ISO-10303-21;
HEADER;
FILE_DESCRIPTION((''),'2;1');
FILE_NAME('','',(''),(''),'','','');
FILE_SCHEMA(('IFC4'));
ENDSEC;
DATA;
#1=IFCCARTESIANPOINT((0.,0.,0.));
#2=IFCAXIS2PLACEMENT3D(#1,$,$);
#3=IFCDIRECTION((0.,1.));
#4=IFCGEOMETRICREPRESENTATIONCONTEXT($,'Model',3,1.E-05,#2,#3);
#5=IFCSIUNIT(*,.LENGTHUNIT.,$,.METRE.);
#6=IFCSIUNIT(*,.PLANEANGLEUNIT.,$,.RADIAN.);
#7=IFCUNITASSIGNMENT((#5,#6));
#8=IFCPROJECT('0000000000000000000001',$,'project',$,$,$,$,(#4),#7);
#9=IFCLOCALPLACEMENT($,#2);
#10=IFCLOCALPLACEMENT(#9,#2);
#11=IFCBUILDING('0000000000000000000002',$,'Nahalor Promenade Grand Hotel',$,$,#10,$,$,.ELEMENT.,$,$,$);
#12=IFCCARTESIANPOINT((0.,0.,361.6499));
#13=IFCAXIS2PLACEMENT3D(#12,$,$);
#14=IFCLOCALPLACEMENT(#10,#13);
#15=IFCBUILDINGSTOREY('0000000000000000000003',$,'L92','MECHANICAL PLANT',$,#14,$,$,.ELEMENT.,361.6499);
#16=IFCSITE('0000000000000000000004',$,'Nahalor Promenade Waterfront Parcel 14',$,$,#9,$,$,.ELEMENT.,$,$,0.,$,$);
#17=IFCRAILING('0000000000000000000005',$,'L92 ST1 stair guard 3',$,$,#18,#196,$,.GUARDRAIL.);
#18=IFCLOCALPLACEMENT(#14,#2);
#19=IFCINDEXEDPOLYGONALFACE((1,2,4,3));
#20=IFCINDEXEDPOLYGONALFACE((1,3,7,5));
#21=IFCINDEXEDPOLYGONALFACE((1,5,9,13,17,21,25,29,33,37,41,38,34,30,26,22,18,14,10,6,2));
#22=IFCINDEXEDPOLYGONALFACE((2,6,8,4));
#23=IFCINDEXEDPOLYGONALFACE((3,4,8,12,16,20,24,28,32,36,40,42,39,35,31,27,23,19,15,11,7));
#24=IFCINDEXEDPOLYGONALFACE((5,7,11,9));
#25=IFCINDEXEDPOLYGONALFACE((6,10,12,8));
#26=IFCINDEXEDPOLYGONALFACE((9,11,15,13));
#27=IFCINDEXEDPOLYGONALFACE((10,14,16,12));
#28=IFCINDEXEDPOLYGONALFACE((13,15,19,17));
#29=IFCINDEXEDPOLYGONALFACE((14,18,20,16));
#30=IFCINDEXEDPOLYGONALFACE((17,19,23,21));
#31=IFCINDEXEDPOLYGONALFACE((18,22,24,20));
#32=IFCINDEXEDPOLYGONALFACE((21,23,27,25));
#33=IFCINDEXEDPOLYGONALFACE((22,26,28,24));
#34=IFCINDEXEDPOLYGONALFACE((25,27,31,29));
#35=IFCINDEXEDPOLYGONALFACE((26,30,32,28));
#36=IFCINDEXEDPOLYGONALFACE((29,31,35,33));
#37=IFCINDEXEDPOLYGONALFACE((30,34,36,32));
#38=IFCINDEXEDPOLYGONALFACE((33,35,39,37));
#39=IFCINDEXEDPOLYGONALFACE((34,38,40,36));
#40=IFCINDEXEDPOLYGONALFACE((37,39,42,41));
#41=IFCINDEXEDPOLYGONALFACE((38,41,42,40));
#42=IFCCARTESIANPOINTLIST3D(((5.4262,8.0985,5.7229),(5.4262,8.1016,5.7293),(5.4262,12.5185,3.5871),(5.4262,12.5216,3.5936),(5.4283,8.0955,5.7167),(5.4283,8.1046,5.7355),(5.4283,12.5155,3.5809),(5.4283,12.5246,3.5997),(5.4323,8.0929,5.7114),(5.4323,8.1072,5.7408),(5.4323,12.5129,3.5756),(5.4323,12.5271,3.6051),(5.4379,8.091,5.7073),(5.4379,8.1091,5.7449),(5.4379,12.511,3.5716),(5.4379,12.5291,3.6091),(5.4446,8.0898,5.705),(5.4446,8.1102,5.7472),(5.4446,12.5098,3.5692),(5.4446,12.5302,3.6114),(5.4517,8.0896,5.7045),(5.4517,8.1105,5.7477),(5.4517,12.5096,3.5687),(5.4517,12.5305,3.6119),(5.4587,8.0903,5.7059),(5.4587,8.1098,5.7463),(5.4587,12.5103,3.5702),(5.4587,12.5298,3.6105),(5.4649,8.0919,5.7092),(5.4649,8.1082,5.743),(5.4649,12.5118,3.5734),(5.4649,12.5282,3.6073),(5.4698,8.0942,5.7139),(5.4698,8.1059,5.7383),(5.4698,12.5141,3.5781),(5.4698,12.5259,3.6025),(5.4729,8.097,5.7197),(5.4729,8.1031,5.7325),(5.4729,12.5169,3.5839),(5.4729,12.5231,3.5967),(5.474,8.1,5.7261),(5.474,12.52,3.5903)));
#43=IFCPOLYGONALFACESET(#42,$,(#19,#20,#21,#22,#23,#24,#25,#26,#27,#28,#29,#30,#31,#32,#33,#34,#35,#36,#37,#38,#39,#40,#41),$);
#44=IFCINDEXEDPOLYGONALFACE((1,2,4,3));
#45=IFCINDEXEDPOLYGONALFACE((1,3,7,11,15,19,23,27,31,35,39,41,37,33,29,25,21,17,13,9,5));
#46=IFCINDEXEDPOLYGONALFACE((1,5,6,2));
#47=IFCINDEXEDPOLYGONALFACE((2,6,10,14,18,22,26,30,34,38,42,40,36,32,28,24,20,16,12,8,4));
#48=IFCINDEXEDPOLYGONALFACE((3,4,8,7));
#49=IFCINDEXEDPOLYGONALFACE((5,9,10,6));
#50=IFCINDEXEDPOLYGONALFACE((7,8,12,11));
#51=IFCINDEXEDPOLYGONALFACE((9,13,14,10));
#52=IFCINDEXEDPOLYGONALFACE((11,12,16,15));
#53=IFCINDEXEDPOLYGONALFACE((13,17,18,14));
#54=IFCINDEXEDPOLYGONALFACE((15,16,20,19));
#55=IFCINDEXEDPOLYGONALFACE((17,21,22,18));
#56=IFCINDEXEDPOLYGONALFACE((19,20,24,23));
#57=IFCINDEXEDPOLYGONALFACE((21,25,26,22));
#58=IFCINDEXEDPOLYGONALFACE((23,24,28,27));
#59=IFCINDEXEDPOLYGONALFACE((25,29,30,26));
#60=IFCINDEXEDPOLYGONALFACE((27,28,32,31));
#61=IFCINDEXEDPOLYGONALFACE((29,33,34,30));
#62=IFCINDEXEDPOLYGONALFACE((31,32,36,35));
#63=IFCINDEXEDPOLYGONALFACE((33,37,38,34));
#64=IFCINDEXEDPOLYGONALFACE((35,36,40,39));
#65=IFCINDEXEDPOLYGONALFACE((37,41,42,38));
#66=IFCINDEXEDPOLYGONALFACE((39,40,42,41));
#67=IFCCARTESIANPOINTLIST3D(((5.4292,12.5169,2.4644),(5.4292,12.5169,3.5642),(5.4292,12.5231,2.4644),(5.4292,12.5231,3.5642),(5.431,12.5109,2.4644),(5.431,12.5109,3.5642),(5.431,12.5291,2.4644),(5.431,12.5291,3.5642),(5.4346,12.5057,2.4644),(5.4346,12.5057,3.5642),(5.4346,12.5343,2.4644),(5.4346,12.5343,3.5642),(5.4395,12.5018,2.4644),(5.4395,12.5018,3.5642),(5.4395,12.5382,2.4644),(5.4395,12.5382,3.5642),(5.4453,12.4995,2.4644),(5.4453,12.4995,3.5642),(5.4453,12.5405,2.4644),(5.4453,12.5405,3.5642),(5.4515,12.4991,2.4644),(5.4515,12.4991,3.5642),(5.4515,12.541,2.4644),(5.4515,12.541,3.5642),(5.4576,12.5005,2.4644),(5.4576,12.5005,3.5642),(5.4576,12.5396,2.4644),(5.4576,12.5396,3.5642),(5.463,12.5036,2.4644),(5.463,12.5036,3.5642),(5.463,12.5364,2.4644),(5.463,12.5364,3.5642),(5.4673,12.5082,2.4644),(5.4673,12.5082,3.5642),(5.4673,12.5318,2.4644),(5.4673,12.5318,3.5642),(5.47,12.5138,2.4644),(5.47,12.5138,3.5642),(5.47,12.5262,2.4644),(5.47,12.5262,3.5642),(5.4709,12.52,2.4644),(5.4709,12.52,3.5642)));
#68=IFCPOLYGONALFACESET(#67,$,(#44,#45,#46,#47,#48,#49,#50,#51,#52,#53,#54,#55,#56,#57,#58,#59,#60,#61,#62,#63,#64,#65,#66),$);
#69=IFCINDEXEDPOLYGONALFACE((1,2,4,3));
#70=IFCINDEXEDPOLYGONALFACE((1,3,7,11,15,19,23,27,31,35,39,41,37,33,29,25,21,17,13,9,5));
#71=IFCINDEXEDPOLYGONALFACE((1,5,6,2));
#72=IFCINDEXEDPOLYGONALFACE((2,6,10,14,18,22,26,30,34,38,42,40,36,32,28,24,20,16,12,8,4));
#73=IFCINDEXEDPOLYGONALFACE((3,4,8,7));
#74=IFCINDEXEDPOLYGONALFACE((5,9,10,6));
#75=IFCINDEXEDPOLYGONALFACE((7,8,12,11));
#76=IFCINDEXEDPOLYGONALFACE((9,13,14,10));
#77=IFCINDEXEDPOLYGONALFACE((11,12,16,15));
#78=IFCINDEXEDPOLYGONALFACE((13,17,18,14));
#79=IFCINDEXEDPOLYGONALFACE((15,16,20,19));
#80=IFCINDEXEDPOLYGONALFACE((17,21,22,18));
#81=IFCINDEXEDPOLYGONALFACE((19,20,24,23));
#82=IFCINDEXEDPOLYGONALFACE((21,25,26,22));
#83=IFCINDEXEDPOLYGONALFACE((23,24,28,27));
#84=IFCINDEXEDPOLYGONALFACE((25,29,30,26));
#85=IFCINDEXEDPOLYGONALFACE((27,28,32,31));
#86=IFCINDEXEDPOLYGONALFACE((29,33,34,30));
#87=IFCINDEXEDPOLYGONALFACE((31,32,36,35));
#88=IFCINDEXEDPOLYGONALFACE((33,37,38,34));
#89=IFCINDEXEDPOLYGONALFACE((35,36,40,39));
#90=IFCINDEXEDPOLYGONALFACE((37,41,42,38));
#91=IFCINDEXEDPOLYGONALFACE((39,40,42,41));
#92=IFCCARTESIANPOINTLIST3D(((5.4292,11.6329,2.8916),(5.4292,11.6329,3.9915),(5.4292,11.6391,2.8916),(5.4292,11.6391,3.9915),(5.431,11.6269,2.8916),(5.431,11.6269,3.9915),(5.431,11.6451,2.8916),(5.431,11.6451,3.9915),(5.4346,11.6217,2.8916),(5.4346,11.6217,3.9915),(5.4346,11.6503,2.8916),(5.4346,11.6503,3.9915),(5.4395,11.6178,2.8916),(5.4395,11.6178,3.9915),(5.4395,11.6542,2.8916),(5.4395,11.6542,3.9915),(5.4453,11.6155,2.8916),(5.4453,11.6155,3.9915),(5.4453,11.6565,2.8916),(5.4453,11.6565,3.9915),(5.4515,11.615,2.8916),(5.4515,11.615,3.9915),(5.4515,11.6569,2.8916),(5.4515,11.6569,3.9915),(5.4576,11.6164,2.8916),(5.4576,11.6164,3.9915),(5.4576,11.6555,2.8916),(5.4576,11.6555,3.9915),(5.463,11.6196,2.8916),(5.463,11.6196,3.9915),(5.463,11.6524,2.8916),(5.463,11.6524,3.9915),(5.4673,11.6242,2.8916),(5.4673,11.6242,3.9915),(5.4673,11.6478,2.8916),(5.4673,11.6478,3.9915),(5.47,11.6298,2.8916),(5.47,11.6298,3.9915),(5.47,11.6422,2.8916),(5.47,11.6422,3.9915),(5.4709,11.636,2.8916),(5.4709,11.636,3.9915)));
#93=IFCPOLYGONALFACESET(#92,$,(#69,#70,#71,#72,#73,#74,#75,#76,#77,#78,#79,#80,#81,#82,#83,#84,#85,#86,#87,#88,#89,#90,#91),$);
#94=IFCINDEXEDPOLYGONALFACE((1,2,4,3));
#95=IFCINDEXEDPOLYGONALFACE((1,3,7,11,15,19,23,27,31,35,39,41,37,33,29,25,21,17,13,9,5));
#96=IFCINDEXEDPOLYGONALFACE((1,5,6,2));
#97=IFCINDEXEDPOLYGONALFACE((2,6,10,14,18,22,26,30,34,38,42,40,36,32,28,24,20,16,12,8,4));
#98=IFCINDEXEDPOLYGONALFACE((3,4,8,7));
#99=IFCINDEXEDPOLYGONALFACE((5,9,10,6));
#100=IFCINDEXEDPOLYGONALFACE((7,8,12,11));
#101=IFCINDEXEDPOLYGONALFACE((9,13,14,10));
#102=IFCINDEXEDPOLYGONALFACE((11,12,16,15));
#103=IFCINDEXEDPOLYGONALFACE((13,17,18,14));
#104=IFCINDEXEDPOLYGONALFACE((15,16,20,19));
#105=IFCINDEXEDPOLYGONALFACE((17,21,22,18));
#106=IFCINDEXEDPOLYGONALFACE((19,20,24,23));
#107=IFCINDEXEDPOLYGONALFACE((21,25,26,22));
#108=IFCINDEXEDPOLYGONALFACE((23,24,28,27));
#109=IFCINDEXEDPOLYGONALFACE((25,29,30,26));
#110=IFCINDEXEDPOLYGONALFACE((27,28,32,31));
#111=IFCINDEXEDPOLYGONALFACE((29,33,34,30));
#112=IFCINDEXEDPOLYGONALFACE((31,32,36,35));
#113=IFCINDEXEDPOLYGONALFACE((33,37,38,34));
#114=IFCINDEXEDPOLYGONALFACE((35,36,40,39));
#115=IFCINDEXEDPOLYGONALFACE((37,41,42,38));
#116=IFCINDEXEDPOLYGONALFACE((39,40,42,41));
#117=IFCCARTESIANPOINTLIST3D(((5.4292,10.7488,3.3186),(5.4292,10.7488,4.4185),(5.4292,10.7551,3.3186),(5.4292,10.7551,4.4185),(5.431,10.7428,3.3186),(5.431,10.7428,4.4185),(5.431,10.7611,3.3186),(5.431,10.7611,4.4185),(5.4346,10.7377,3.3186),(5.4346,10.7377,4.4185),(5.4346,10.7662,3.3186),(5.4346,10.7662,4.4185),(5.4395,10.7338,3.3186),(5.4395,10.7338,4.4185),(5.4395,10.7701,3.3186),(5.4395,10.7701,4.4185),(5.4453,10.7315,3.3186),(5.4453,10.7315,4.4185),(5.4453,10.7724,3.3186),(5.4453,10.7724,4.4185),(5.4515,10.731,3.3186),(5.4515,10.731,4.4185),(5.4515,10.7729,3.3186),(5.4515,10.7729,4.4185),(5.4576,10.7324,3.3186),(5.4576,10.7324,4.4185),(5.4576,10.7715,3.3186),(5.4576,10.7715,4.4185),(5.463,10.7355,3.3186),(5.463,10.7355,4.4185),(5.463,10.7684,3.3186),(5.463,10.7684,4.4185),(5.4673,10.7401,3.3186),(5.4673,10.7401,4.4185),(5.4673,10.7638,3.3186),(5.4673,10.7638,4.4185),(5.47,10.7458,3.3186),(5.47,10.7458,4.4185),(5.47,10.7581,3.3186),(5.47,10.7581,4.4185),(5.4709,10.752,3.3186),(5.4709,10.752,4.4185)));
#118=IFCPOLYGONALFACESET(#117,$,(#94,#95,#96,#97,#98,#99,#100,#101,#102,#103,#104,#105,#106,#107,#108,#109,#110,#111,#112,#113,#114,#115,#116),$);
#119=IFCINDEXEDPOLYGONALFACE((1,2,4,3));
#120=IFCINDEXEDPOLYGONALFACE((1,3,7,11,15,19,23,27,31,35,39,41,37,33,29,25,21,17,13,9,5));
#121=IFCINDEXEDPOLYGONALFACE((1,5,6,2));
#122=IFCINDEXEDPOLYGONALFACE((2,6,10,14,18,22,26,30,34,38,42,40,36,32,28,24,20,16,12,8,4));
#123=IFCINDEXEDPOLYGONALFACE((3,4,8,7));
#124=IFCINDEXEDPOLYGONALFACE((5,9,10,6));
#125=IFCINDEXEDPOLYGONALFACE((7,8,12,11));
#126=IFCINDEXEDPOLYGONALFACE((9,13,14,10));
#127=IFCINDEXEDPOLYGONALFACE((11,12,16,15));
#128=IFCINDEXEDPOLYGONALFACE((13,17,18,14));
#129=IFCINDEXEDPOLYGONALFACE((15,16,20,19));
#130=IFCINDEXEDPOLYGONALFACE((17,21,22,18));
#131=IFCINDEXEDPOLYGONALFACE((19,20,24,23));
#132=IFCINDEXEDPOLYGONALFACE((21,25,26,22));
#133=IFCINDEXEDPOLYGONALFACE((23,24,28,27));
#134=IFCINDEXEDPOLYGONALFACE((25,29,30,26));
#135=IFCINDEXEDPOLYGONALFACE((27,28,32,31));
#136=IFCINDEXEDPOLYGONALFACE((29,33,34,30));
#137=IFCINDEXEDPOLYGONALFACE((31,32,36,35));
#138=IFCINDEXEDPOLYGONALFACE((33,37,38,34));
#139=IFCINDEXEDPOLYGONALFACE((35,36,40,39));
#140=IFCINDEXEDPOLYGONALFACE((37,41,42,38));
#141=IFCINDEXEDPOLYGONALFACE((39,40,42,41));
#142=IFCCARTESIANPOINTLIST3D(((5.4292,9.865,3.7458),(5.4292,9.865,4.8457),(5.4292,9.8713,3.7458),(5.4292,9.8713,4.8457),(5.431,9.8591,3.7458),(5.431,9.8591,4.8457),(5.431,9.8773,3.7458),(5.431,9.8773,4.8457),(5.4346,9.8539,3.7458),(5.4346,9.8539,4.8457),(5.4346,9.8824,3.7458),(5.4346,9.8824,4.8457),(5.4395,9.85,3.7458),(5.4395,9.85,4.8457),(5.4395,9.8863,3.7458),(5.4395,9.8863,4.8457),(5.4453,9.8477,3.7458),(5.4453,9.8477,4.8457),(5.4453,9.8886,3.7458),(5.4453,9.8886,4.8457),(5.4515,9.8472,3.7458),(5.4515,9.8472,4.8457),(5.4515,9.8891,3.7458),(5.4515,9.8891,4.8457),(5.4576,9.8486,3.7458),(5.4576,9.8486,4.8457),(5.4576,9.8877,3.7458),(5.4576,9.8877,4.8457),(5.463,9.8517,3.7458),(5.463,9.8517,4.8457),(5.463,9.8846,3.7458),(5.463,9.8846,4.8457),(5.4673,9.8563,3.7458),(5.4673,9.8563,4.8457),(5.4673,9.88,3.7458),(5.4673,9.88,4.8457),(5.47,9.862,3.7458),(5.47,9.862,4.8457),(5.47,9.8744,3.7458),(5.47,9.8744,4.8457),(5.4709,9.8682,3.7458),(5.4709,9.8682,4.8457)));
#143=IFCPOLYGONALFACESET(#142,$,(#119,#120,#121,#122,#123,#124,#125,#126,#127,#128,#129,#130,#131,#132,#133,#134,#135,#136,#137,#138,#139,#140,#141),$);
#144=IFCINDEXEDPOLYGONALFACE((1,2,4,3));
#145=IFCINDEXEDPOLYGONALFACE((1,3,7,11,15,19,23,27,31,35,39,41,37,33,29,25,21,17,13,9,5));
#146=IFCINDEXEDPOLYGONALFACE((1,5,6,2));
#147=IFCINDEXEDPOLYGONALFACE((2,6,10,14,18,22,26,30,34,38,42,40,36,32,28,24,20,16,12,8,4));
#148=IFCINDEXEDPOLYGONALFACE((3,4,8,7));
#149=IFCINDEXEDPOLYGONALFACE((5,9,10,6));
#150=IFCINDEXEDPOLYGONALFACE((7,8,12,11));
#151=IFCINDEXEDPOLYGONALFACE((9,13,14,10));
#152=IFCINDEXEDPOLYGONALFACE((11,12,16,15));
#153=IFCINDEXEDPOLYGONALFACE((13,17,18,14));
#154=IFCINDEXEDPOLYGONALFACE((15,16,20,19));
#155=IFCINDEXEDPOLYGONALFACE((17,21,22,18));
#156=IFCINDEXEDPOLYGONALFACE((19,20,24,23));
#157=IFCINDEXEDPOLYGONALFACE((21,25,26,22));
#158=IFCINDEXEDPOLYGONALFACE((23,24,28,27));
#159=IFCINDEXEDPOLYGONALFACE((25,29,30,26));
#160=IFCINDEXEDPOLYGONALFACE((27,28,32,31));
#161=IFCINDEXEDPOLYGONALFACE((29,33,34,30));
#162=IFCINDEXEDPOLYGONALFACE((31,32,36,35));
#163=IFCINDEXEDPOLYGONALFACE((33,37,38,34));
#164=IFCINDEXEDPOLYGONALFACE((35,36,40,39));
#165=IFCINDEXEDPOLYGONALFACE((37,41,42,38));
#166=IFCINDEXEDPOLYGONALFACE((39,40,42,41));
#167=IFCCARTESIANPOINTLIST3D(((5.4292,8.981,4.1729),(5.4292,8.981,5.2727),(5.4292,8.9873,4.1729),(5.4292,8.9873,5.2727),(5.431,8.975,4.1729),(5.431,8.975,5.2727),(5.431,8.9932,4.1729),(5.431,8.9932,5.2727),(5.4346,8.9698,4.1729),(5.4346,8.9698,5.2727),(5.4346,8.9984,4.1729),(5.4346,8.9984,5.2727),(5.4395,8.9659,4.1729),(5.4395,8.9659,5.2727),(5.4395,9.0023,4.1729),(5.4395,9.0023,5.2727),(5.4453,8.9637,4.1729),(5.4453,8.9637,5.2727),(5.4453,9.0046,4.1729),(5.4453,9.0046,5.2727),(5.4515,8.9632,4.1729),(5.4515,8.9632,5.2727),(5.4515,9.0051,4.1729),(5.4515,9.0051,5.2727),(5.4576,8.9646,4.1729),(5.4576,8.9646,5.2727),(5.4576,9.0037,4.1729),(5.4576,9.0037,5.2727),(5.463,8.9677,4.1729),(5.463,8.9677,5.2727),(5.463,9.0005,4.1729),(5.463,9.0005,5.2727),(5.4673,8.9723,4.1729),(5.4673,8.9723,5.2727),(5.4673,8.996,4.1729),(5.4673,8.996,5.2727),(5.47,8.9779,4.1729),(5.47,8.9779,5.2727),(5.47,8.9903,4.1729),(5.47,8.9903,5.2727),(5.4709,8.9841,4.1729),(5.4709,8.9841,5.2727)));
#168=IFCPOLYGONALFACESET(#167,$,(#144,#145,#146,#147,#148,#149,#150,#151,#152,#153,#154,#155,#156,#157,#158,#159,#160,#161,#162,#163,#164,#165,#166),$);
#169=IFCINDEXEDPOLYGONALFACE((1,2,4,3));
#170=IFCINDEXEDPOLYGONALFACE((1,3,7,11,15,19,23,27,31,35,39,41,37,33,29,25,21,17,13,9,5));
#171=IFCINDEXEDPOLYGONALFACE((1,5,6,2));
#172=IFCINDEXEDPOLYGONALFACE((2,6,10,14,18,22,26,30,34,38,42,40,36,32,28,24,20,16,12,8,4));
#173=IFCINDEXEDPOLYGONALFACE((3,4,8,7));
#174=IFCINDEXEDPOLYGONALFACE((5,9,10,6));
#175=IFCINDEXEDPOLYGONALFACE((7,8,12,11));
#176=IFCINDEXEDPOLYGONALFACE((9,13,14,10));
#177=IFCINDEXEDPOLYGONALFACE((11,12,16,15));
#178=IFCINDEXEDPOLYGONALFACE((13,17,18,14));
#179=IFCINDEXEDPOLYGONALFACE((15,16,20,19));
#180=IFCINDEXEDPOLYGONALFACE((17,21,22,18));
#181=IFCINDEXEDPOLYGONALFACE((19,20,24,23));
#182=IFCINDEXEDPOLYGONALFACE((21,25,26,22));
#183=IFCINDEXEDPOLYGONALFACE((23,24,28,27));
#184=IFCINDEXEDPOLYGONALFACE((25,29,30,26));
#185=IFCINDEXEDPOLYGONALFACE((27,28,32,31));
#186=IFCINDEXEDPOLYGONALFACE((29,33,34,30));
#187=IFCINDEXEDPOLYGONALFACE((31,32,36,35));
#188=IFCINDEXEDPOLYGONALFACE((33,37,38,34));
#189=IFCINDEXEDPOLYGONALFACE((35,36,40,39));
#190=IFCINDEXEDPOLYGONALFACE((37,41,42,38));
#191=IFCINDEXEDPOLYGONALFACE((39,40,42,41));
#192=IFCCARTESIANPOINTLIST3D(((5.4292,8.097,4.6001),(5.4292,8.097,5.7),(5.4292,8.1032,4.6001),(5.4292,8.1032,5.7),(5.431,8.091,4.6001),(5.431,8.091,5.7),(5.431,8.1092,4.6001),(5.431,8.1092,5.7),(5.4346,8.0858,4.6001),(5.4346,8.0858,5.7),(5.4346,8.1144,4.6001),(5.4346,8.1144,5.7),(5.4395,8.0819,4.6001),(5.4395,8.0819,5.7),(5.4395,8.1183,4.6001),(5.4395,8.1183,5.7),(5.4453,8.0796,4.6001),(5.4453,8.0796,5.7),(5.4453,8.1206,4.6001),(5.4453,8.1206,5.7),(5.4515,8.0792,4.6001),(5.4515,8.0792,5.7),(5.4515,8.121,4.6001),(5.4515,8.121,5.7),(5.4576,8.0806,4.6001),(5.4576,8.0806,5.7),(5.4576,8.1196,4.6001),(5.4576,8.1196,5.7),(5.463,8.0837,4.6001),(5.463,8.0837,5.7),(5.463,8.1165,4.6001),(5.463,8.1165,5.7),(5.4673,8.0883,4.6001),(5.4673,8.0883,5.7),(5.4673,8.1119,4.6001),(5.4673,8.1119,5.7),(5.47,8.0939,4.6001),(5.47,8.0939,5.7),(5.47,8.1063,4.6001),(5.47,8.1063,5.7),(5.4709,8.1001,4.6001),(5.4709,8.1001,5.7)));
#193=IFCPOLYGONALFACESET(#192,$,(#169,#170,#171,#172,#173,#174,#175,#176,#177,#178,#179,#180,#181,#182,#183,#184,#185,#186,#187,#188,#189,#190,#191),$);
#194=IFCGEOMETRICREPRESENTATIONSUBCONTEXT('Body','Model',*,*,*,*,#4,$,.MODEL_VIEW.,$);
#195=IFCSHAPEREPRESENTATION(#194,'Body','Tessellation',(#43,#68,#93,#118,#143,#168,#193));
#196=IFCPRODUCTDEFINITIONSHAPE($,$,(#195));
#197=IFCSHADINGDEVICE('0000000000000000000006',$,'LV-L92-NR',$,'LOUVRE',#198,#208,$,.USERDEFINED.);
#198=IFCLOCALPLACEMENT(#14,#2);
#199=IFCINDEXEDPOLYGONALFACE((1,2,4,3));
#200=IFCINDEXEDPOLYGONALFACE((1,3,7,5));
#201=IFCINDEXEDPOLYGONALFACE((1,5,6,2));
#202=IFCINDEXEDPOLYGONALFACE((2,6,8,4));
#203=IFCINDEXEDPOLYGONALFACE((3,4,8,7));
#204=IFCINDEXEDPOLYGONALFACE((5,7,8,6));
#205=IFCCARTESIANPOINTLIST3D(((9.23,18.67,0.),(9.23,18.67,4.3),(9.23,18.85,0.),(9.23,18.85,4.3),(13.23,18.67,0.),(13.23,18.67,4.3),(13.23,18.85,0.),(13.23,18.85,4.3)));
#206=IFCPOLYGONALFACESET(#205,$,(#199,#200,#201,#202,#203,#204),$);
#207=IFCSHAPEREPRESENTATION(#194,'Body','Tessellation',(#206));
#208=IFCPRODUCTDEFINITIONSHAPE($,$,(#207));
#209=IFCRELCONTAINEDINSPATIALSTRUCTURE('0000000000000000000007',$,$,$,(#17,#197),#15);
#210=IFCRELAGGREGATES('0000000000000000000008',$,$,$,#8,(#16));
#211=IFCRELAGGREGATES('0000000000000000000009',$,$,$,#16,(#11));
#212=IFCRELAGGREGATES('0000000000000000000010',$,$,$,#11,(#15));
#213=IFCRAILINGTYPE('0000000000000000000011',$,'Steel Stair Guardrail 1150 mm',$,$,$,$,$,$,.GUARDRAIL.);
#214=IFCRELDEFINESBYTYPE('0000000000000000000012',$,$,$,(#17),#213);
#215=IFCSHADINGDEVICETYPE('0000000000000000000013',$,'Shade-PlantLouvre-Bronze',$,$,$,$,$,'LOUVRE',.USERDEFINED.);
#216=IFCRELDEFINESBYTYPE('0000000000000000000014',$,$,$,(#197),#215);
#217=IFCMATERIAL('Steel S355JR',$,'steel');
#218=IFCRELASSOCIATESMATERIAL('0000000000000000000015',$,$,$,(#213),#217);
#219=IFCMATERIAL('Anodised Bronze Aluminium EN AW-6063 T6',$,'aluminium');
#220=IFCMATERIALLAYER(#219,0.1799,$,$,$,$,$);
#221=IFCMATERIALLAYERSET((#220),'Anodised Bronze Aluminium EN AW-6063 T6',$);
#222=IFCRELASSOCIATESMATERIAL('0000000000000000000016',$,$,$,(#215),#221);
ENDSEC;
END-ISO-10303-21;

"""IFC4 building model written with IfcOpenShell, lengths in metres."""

from ifc_helpers import new_model, si_unit, direction, frame, origin, origin_2d, place, context, subcontext, project, spatial, rectangle, circle, extrude, source, transform, mapped, material, layer, layer_set, type_object, element, save


model = new_model("IFC4")

# Units and contexts
model_context = context("Model", 3, precision=1e-05, world=origin(), true_north=direction((0.0, 1.0)))
body_context = subcontext(model_context, "Body", "Model", "MODEL_VIEW")
ifc_project = project(units=[si_unit("LENGTHUNIT", "METRE"), si_unit("PLANEANGLEUNIT", "RADIAN")], contexts=[model_context])

# Site, building, storey
site_placement = place(None, origin())
site = spatial("IfcSite", under=ifc_project, at=site_placement, Name="Nahalor Promenade Waterfront Parcel 14", CompositionType="ELEMENT", RefElevation=0.0)
building_placement = place(site_placement, origin())
building = spatial("IfcBuilding", under=site, at=building_placement, Name="Nahalor Promenade Grand Hotel", CompositionType="ELEMENT")
storey_placement = place(building_placement, frame((0.0, 0.0, 361.6499)))
storey = spatial("IfcBuildingStorey", under=building, at=storey_placement, Name="L92", Description="MECHANICAL PLANT", CompositionType="ELEMENT", Elevation=361.6499)

# Shared definitions
ifc_material_1 = material(Name="Steel S355JR", Category="steel")

# Shared definitions
ifc_material_2 = material(Name="Anodised Bronze Aluminium EN AW-6063 T6", Category="aluminium")

# Railing
railing_type_1 = type_object("IfcRailingType", Name="Steel Stair Guardrail 1150 mm", PredefinedType="GUARDRAIL", material=ifc_material_1)
railing_1_placement = place(storey_placement, frame((5.45, 12.52, 2.4644)))
element("IfcRailing", 1, at=railing_1_placement, inside=storey, type_object=railing_type_1, Name="L92 ST1 stair guard 3", PredefinedType="GUARDRAIL", context=body_context, shape_type="SweptSolid", body=[
    extrude(circle(Radius=0.024, at=origin_2d()), frame((0.0, 0.0, 1.126), z_axis=(0.0, -0.900393, 0.435077), x_axis=(1.0, 0.0, 0.0)), (0.0, 0.0, 1.0), 4.9089),
    extrude(circle(Radius=0.021, at=origin_2d()), origin(), (0.0, 0.0, 1.0), 1.0999),
    extrude(circle(Radius=0.021, at=origin_2d()), frame((0.0, -0.884, 0.4272)), (0.0, 0.0, 1.0), 1.0999),
    extrude(circle(Radius=0.021, at=origin_2d()), frame((0.0, -1.7681, 0.8542)), (0.0, 0.0, 1.0), 1.0999),
    extrude(circle(Radius=0.021, at=origin_2d()), frame((0.0, -2.6519, 1.2815)), (0.0, 0.0, 1.0), 1.0999),
    extrude(circle(Radius=0.021, at=origin_2d()), frame((0.0, -3.5359, 1.7085)), (0.0, 0.0, 1.0), 1.0999),
    extrude(circle(Radius=0.021, at=origin_2d()), frame((0.0, -4.4199, 2.1357)), (0.0, 0.0, 1.0), 1.0999),
])

# Shading device
ifc_layer_1 = layer(ifc_material_2, 0.1799)
ifc_layer_set_1 = layer_set([ifc_layer_1], Name="Anodised Bronze Aluminium EN AW-6063 T6")
shading_device_type = type_object("IfcShadingDeviceType", Name="Shade-PlantLouvre-Bronze", ElementType="LOUVRE", PredefinedType="USERDEFINED", material=ifc_layer_set_1)
shared_shape_1 = source(origin(), body_context, "Body", "SweptSolid", [
    extrude(rectangle(XDim=4.0, YDim=0.1799, at=origin_2d()), origin(), (0.0, 0.0, 1.0), 4.3),
])
for number, where, z_axis, x_axis, name in (
    (2, (11.23, 18.76, 0.0), (0.0, 0.0, 1.0), (1.0, 0.0, 0.0), "LV-L92-NR"),
):
    element("IfcShadingDevice", number, at=place(storey_placement, frame(where, z_axis=z_axis, x_axis=x_axis)), inside=storey, type_object=shading_device_type, Name=name, ObjectType="LOUVRE", PredefinedType="USERDEFINED", context=body_context, shape_type="MappedRepresentation", body=[
        mapped(shared_shape_1, transform((0.0, 0.0, 0.0), scale=1.0)),
    ])

save(model, "model.ifc")
